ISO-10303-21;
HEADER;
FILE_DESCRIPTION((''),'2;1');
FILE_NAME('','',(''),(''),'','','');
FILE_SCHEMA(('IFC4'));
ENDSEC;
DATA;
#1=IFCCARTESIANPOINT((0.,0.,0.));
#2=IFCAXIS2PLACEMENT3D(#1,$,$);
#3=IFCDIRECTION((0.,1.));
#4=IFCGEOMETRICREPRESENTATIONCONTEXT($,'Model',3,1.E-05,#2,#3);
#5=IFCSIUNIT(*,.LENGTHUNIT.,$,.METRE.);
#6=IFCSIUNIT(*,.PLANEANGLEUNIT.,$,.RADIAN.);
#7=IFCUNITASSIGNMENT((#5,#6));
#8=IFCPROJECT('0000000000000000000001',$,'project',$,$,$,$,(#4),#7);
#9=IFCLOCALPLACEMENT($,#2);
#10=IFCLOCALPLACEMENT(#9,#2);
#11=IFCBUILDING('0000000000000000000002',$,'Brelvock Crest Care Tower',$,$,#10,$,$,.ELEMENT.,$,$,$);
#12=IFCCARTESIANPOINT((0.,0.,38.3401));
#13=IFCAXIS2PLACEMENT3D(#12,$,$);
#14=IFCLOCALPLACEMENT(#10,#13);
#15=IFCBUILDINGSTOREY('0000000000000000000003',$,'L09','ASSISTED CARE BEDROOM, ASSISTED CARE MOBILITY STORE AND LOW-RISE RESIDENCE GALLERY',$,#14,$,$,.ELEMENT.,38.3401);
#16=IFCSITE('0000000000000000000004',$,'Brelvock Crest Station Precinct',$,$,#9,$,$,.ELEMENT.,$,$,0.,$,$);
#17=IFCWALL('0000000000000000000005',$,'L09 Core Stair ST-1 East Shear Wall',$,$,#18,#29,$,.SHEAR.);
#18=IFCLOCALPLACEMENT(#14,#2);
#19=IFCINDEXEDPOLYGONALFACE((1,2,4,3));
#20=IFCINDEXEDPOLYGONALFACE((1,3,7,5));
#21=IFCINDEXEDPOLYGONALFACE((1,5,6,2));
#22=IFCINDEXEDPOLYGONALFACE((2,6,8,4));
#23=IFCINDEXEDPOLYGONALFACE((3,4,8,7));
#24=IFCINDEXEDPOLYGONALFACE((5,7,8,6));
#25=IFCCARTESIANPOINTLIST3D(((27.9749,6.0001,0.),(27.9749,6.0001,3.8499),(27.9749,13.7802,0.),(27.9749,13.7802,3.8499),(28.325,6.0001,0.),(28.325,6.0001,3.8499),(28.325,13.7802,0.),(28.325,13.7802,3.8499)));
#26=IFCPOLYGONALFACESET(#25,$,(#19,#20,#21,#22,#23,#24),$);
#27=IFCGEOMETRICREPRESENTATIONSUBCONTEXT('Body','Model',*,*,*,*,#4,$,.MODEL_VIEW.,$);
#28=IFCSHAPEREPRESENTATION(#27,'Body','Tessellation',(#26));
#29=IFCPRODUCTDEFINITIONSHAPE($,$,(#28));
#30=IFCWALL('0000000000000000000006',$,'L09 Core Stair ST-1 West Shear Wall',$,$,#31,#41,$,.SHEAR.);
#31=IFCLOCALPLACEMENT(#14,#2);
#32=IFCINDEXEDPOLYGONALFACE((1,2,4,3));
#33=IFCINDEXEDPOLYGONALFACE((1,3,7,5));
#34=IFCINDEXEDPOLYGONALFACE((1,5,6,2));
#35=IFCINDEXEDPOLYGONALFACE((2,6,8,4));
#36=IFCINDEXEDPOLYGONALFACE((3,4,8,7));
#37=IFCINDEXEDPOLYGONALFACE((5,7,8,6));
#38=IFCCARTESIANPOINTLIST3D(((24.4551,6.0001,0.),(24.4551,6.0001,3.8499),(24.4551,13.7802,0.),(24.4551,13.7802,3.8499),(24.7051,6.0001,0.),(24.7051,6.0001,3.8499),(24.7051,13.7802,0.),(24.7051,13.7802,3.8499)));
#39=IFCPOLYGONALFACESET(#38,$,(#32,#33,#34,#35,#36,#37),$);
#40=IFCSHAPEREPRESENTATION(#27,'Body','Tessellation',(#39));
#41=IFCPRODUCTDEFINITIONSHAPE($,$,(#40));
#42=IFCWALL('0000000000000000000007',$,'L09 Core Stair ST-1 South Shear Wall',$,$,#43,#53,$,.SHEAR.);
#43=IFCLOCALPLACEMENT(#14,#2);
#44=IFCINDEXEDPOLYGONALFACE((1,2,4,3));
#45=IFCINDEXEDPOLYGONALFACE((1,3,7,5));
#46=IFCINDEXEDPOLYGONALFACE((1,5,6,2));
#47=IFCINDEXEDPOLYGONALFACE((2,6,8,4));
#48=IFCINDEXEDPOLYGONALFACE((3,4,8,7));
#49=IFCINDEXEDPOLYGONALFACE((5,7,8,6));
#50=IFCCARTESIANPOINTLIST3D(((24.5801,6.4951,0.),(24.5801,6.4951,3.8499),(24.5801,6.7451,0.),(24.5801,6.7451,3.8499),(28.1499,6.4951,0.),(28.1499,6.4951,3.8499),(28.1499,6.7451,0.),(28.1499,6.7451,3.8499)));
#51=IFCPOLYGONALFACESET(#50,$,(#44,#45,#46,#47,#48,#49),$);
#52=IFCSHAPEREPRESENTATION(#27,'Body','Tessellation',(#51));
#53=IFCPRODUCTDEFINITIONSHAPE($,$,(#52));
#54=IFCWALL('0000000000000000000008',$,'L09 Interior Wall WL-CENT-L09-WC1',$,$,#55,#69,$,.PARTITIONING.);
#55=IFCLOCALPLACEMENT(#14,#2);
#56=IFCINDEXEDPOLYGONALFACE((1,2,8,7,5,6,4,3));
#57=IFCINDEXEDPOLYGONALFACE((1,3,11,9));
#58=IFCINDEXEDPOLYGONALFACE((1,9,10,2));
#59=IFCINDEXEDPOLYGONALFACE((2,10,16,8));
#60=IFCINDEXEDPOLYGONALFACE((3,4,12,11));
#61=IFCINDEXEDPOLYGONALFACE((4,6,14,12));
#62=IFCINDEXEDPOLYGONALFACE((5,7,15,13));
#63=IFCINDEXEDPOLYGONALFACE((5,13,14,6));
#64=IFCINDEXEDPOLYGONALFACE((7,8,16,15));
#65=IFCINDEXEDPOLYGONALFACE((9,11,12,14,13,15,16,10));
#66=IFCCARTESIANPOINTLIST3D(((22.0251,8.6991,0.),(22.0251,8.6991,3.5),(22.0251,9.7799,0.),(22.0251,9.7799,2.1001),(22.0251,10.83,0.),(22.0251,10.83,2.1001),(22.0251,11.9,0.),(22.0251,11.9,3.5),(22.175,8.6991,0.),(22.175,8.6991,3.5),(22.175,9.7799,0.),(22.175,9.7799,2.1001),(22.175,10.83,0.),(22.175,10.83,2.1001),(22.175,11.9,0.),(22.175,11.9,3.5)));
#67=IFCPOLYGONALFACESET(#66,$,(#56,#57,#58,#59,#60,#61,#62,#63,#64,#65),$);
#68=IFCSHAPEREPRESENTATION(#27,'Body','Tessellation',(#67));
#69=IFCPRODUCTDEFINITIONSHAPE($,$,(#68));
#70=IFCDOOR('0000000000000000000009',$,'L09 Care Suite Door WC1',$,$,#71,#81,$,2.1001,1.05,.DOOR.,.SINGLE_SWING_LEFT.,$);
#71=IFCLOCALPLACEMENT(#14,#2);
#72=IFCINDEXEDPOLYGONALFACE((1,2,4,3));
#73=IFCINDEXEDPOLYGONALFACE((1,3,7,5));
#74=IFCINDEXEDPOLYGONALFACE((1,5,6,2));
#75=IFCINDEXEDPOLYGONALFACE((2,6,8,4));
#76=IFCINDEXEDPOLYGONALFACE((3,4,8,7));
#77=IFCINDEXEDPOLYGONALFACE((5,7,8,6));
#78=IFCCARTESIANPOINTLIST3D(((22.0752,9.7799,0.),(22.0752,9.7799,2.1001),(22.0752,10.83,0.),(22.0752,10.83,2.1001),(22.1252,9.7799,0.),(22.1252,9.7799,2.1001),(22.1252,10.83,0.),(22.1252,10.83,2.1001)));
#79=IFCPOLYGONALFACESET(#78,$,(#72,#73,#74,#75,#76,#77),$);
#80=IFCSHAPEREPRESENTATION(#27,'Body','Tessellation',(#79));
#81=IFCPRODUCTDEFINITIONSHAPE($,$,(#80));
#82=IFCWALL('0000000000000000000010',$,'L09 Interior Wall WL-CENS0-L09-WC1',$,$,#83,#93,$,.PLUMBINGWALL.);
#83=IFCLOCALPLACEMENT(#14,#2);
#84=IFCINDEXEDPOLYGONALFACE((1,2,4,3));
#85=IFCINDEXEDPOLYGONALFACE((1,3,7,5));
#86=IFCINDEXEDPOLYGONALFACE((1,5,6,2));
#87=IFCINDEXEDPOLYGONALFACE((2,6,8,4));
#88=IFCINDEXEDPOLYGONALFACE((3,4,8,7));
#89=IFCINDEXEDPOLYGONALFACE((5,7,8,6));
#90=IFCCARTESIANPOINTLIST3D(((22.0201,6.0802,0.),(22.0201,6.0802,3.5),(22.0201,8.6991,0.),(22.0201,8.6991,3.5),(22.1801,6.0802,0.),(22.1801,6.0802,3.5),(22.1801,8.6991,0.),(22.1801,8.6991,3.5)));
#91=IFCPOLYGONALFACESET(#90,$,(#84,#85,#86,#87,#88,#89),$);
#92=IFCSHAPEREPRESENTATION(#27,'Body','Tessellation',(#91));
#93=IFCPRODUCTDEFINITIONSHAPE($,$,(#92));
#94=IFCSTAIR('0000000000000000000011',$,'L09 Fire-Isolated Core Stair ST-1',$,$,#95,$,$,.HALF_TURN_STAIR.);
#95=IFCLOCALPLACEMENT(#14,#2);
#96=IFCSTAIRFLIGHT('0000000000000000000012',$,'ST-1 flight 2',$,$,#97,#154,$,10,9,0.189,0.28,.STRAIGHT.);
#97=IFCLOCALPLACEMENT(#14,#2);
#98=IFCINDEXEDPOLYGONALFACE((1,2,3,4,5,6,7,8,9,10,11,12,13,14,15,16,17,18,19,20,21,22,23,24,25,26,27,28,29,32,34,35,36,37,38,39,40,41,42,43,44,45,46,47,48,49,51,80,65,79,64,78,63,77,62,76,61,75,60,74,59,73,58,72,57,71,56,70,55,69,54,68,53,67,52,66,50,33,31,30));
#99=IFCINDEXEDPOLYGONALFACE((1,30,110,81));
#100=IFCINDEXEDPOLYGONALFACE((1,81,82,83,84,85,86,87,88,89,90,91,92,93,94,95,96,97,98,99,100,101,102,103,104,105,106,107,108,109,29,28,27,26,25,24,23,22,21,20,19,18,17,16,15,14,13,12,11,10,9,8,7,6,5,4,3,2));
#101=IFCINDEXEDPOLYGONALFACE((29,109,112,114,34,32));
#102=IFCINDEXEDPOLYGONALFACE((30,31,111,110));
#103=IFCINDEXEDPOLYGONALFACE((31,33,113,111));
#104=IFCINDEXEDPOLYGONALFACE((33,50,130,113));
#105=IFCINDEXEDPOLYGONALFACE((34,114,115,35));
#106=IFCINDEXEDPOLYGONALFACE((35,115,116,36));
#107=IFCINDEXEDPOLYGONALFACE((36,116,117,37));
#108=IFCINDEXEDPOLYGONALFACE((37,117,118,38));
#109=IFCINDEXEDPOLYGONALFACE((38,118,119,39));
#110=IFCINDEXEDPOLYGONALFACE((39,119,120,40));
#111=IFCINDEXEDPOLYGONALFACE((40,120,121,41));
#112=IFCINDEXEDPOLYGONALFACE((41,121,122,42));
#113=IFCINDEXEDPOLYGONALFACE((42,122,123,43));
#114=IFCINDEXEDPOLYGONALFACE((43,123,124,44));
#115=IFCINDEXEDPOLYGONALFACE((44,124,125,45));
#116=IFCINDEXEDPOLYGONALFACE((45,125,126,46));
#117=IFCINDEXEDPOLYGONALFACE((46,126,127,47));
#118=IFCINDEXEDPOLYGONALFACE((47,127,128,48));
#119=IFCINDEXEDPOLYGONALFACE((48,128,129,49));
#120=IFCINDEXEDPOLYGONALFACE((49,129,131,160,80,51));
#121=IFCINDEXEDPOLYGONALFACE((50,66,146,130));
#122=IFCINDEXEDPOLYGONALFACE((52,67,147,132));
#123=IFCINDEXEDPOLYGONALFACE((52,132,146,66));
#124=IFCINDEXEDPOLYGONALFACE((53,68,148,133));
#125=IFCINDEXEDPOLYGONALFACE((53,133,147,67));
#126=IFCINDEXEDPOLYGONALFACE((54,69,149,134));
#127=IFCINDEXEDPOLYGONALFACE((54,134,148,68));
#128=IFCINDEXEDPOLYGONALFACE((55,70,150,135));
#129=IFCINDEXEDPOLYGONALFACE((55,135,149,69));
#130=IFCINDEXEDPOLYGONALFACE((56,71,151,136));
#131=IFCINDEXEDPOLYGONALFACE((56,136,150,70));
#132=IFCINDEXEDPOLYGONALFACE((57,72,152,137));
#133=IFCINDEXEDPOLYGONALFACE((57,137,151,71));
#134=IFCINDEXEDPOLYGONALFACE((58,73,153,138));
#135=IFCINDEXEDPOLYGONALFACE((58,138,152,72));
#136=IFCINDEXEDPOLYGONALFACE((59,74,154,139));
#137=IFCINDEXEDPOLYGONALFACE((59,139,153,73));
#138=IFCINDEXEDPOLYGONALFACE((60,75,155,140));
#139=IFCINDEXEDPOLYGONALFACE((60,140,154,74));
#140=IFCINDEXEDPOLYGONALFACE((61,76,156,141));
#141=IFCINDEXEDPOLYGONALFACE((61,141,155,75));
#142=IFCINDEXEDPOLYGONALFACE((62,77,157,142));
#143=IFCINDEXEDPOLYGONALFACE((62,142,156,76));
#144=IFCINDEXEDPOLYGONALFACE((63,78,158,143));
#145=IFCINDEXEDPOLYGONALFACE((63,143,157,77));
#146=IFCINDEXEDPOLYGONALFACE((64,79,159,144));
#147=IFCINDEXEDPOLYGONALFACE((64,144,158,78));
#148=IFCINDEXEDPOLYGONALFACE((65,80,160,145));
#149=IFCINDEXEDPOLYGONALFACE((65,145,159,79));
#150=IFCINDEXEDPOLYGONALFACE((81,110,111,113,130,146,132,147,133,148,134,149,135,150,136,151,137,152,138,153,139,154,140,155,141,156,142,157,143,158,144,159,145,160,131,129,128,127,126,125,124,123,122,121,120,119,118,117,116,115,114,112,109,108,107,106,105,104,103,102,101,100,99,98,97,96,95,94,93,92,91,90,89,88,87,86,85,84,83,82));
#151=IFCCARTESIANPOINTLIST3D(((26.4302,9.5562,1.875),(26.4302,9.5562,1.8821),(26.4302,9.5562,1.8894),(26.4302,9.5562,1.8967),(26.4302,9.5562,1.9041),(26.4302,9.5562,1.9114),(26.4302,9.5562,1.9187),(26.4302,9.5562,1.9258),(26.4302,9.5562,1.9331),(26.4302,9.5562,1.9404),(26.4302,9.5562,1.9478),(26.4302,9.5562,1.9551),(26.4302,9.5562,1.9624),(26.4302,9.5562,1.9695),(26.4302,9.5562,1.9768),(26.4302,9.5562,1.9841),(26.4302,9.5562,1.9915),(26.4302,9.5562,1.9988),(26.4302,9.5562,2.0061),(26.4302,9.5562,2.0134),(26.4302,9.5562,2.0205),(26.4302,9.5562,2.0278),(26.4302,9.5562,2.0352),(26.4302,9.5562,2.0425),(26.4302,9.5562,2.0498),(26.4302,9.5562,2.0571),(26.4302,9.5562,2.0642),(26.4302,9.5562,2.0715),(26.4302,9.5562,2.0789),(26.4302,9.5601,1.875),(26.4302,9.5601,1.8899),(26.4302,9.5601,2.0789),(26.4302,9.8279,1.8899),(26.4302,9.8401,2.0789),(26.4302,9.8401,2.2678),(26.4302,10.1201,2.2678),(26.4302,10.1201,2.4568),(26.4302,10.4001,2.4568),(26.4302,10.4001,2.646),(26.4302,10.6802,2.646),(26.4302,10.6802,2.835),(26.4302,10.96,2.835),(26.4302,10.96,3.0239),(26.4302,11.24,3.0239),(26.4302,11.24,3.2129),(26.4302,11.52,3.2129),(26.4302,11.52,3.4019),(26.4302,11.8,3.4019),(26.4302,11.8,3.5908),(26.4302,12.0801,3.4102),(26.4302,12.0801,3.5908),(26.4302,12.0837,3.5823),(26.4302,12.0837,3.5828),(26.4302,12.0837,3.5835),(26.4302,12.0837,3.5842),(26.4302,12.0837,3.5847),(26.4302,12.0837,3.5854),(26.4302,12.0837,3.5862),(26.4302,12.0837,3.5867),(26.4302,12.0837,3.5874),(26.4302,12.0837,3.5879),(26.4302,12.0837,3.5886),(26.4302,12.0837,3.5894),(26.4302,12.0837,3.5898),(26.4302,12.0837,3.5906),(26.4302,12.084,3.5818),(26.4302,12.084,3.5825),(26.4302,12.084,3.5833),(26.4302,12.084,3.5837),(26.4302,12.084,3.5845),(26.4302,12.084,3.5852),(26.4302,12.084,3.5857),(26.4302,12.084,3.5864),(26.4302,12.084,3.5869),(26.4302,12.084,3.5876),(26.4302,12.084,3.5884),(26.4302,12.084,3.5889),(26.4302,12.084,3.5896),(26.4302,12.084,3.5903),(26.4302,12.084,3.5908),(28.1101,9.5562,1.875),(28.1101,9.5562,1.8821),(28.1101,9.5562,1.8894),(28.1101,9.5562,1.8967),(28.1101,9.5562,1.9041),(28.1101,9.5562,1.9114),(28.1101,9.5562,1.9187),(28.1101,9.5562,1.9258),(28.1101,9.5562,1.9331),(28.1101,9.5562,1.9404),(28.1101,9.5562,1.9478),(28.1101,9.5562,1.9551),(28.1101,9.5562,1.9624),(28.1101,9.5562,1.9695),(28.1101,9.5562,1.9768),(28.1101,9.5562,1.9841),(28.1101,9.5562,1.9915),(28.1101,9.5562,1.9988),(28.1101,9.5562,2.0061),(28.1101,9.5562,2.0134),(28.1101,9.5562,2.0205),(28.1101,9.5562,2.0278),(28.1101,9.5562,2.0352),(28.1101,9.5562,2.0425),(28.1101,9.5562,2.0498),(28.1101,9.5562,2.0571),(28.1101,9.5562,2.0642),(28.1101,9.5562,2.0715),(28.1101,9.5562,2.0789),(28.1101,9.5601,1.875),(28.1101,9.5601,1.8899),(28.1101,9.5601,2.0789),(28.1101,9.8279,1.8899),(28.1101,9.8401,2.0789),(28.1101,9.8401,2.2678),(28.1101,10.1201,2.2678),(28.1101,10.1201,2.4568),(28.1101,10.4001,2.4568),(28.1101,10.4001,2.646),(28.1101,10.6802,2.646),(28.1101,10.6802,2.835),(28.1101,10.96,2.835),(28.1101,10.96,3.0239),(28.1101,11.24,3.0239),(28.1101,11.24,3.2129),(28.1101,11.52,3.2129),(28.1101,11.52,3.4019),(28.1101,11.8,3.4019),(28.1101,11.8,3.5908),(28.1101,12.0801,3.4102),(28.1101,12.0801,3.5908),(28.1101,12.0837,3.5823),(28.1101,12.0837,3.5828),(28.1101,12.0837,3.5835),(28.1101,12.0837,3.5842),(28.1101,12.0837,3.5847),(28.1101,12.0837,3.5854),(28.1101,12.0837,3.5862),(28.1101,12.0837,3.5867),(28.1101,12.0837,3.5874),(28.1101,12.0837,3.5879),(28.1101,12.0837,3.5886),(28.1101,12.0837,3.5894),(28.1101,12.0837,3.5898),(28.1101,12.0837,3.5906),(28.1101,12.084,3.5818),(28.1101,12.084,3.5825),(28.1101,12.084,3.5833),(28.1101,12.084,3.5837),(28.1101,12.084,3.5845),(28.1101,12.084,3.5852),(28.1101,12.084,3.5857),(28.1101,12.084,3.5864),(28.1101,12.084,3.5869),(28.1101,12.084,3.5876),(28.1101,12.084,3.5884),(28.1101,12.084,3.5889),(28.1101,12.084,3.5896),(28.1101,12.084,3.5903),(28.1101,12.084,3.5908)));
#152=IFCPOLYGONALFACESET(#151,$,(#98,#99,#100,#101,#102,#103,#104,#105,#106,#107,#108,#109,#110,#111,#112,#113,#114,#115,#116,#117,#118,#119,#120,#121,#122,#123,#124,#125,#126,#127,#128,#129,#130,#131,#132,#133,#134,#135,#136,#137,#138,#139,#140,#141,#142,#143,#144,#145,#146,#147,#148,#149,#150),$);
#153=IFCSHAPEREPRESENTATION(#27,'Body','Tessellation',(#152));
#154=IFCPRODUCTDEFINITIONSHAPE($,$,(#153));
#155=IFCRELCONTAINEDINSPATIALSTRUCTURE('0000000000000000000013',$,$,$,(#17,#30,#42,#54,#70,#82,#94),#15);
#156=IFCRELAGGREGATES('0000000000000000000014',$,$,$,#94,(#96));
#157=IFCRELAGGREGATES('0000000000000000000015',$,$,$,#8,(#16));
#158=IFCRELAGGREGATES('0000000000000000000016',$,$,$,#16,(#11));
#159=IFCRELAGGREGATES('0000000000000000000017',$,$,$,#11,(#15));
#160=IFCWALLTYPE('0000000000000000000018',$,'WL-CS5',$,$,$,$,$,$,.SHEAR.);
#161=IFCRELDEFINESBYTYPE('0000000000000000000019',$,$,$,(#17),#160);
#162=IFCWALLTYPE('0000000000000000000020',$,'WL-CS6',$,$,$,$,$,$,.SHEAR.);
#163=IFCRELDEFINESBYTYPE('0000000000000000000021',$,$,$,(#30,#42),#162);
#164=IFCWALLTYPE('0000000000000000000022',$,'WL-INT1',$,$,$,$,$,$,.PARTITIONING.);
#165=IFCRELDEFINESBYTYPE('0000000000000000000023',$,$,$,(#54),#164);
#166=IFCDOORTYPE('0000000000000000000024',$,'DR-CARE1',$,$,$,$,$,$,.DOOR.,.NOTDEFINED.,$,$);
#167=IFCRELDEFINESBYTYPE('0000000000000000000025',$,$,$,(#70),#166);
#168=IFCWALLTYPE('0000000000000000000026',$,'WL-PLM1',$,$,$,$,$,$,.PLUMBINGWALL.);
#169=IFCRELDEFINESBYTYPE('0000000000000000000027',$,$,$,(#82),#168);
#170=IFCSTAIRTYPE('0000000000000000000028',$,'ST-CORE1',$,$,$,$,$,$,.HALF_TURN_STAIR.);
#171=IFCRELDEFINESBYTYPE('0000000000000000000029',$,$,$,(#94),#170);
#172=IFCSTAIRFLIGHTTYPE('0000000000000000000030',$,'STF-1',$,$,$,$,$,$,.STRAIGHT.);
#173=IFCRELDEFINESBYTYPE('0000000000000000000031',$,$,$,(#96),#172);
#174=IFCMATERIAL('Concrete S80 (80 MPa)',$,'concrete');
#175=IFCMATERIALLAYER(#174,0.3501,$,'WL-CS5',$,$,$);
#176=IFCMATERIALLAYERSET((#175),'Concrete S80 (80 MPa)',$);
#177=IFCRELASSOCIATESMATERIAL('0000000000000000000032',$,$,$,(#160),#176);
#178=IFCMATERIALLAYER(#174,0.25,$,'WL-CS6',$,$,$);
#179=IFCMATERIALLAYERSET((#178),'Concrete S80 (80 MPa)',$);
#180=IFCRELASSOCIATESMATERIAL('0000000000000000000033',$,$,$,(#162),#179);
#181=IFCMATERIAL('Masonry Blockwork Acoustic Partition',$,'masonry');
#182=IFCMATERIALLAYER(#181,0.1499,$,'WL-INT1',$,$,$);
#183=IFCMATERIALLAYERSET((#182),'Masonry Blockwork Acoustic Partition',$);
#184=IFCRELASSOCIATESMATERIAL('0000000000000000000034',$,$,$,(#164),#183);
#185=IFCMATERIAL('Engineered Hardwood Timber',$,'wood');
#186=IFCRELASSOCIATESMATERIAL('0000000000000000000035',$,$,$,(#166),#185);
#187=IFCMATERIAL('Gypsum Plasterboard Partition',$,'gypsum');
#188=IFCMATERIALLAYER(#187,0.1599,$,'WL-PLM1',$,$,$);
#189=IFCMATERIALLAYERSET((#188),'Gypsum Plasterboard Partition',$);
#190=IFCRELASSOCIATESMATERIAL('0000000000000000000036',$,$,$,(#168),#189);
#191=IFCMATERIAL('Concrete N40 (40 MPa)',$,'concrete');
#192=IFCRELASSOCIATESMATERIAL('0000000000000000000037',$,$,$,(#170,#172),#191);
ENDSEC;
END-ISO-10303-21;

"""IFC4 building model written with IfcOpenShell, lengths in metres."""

from ifc_helpers import new_model, si_unit, direction, frame, frame_2d, origin, origin_2d, place, context, subcontext, project, spatial, polyline, rectangle, outline, extrude, source, transform, mapped, material, layer, layer_set, type_object, element, fill, aggregate, save


model = new_model("IFC4")

# Units and contexts
model_context = context("Model", 3, precision=1e-05, world=origin(), true_north=direction((0.0, 1.0)))
body_context = subcontext(model_context, "Body", "Model", "MODEL_VIEW")
ifc_project = project(units=[si_unit("LENGTHUNIT", "METRE"), si_unit("PLANEANGLEUNIT", "RADIAN")], contexts=[model_context])

# Site, building, storey
site_placement = place(None, origin())
site = spatial("IfcSite", under=ifc_project, at=site_placement, Name="Brelvock Crest Station Precinct", CompositionType="ELEMENT", RefElevation=0.0)
building_placement = place(site_placement, origin())
building = spatial("IfcBuilding", under=site, at=building_placement, Name="Brelvock Crest Care Tower", CompositionType="ELEMENT")
storey_placement = place(building_placement, frame((0.0, 0.0, 38.3401)))
storey = spatial("IfcBuildingStorey", under=building, at=storey_placement, Name="L09", Description="ASSISTED CARE BEDROOM, ASSISTED CARE MOBILITY STORE AND LOW-RISE RESIDENCE GALLERY", CompositionType="ELEMENT", Elevation=38.3401)

# Shared definitions
ifc_material_1 = material(Name="Concrete S80 (80 MPa)", Category="concrete")

# Walls
ifc_layer_1 = layer(ifc_material_1, 0.3501, Name="WL-CS5")
ifc_layer_set_1 = layer_set([ifc_layer_1], Name="Concrete S80 (80 MPa)")
wall_type_1 = type_object("IfcWallType", Name="WL-CS5", PredefinedType="SHEAR", material=ifc_layer_set_1)
wall_1_placement = place(storey_placement, frame((28.1499, 6.0, 0.0), z_axis=(0.0, 0.0, 1.0), x_axis=(0.0, 1.0, 0.0)))
element("IfcWall", 1, at=wall_1_placement, inside=storey, type_object=wall_type_1, Name="L09 Core Stair ST-1 East Shear Wall", PredefinedType="SHEAR", context=body_context, shape_type="SweptSolid", body=[
    extrude(rectangle(XDim=7.78, YDim=0.3501, at=frame_2d((3.8901, 0.0))), origin(), (0.0, 0.0, 1.0), 3.8499),
])
ifc_layer_2 = layer(ifc_material_1, 0.25, Name="WL-CS6")
ifc_layer_set_2 = layer_set([ifc_layer_2], Name="Concrete S80 (80 MPa)")
wall_type_2 = type_object("IfcWallType", Name="WL-CS6", PredefinedType="SHEAR", material=ifc_layer_set_2)
wall_2_placement = place(storey_placement, frame((24.5801, 6.0, 0.0), z_axis=(0.0, 0.0, 1.0), x_axis=(0.0, 1.0, 0.0)))
element("IfcWall", 2, at=wall_2_placement, inside=storey, type_object=wall_type_2, Name="L09 Core Stair ST-1 West Shear Wall", PredefinedType="SHEAR", context=body_context, shape_type="SweptSolid", body=[
    extrude(rectangle(XDim=7.78, YDim=0.25, at=frame_2d((3.8901, 0.0))), origin(), (0.0, 0.0, 1.0), 3.8499),
])
wall_3_placement = place(storey_placement, frame((24.5801, 6.6201, 0.0), z_axis=(0.0, 0.0, 1.0), x_axis=(1.0, 0.0, 0.0)))
element("IfcWall", 3, at=wall_3_placement, inside=storey, type_object=wall_type_2, Name="L09 Core Stair ST-1 South Shear Wall", PredefinedType="SHEAR", context=body_context, shape_type="SweptSolid", body=[
    extrude(rectangle(XDim=3.5698, YDim=0.25, at=frame_2d((1.7849, 0.0))), origin(), (0.0, 0.0, 1.0), 3.8499),
])

# Wall, opening, door
ifc_material_2 = material(Name="Masonry Blockwork Acoustic Partition", Category="masonry")
ifc_layer_3 = layer(ifc_material_2, 0.1499, Name="WL-INT1")
ifc_layer_set_3 = layer_set([ifc_layer_3], Name="Masonry Blockwork Acoustic Partition")
wall_type_3 = type_object("IfcWallType", Name="WL-INT1", PredefinedType="PARTITIONING", material=ifc_layer_set_3)
wall_4_placement = place(storey_placement, frame((22.1001, 8.699, 0.0), z_axis=(0.0, 0.0, 1.0), x_axis=(0.0, 1.0, 0.0)))
wall_4 = element("IfcWall", 4, at=wall_4_placement, inside=storey, type_object=wall_type_3, Name="L09 Interior Wall WL-CENT-L09-WC1", PredefinedType="PARTITIONING", context=body_context, shape_type="SweptSolid", body=[
    extrude(rectangle(XDim=3.2009, YDim=0.1499, at=frame_2d((1.6006, 0.0))), origin(), (0.0, 0.0, 1.0), 3.5),
])
opening_placement = place(wall_4_placement, frame((1.0811, 0.0, 0.0)))
opening = element("IfcOpeningElement", 5, at=opening_placement, cuts=wall_4, PredefinedType="OPENING", context=body_context, shape_type="SweptSolid", body=[
    extrude(rectangle(XDim=1.05, YDim=2.1001, at=origin_2d()), frame((0.5249, 0.085, 1.05), z_axis=(0.0, -1.0, 0.0), x_axis=(1.0, 0.0, 0.0)), (0.0, 0.0, 1.0), 0.1699),
])
ifc_material_3 = material(Name="Engineered Hardwood Timber", Category="wood")
door_type = type_object("IfcDoorType", Name="DR-CARE1", OperationType="NOTDEFINED", PredefinedType="DOOR", material=ifc_material_3)
shared_shape_1 = source(origin(), body_context, "Body", "SweptSolid", [
    extrude(rectangle(XDim=1.05, YDim=2.1001, at=origin_2d()), frame((0.5249, 0.0249, 1.05), z_axis=(0.0, -1.0, 0.0), x_axis=(1.0, 0.0, 0.0)), (0.0, 0.0, 1.0), 0.05),
])
door_placement = place(opening_placement, origin())
door = element("IfcDoor", 6, at=door_placement, inside=storey, type_object=door_type, Name="L09 Care Suite Door WC1", OperationType="SINGLE_SWING_LEFT", OverallHeight=2.1001, OverallWidth=1.05, PredefinedType="DOOR", context=body_context, shape_type="MappedRepresentation", body=[
    mapped(shared_shape_1, transform((0.0, 0.0, 0.0), x_axis=(1.0, 0.0, 0.0), y_axis=(0.0, 1.0, 0.0), z_axis=(0.0, 0.0, 1.0), scale=1.0)),
])
fill(opening, door)

# Wall
ifc_material_4 = material(Name="Gypsum Plasterboard Partition", Category="gypsum")
ifc_layer_4 = layer(ifc_material_4, 0.1599, Name="WL-PLM1")
ifc_layer_set_4 = layer_set([ifc_layer_4], Name="Gypsum Plasterboard Partition")
wall_type_4 = type_object("IfcWallType", Name="WL-PLM1", PredefinedType="PLUMBINGWALL", material=ifc_layer_set_4)
wall_5_placement = place(storey_placement, frame((22.1001, 6.0801, 0.0), z_axis=(0.0, 0.0, 1.0), x_axis=(0.0, 1.0, 0.0)))
element("IfcWall", 7, at=wall_5_placement, inside=storey, type_object=wall_type_4, Name="L09 Interior Wall WL-CENS0-L09-WC1", PredefinedType="PLUMBINGWALL", context=body_context, shape_type="SweptSolid", body=[
    extrude(rectangle(XDim=2.6189, YDim=0.1599, at=frame_2d((1.3096, 0.0))), origin(), (0.0, 0.0, 1.0), 3.5),
])

# Stair, stair flight
ifc_material_5 = material(Name="Concrete N40 (40 MPa)", Category="concrete")
stair_type = type_object("IfcStairType", Name="ST-CORE1", PredefinedType="HALF_TURN_STAIR", material=ifc_material_5)
stair_placement = place(storey_placement, origin())
stair = element("IfcStair", 8, at=stair_placement, inside=storey, type_object=stair_type, Name="L09 Fire-Isolated Core Stair ST-1", PredefinedType="HALF_TURN_STAIR")
stair_flight_type = type_object("IfcStairFlightType", Name="STF-1", PredefinedType="STRAIGHT", material=ifc_material_5)
stair_flight_placement = place(storey_placement, frame((27.27, 9.5601, 1.8899), z_axis=(0.0, 0.0, 1.0), x_axis=(0.0, 1.0, 0.0)))
stair_flight = element("IfcStairFlight", 9, at=stair_flight_placement, type_object=stair_flight_type, Name="ST-1 flight 2", NumberOfRisers=10, NumberOfTreads=9, PredefinedType="STRAIGHT", RiserHeight=0.189, TreadLength=0.28, context=body_context, shape_type="SweptSolid", body=[
    extrude(outline(polyline([(-0.0039, -0.0149), (-0.0039, -0.0078), (-0.0039, -0.0005), (-0.0039, 0.0068), (-0.0039, 0.0142), (-0.0039, 0.0215), (-0.0039, 0.0288), (-0.0039, 0.0359), (-0.0039, 0.0432), (-0.0039, 0.0505), (-0.0039, 0.0579), (-0.0039, 0.0652), (-0.0039, 0.0725), (-0.0039, 0.0796), (-0.0039, 0.0869), (-0.0039, 0.0942), (-0.0039, 0.1016), (-0.0039, 0.1089), (-0.0039, 0.1162), (-0.0039, 0.1235), (-0.0039, 0.1306), (-0.0039, 0.1379), (-0.0039, 0.1453), (-0.0039, 0.1526), (-0.0039, 0.1599), (-0.0039, 0.1672), (-0.0039, 0.1743), (-0.0039, 0.1816), (-0.0039, 0.189), (0.0, 0.189), (0.28, 0.189), (0.28, 0.3779), (0.5601, 0.3779), (0.5601, 0.5669), (0.8401, 0.5669), (0.8401, 0.7561), (1.1201, 0.7561), (1.1201, 0.9451), (1.3999, 0.9451), (1.3999, 1.134), (1.6799, 1.134), (1.6799, 1.323), (1.96, 1.323), (1.96, 1.512), (2.24, 1.512), (2.24, 1.7009), (2.52, 1.7009), (2.5239, 1.7009), (2.5237, 1.7007), (2.5239, 1.7004), (2.5237, 1.7), (2.5239, 1.6997), (2.5237, 1.6995), (2.5239, 1.699), (2.5237, 1.6987), (2.5239, 1.6985), (2.5237, 1.698), (2.5239, 1.6978), (2.5237, 1.6975), (2.5239, 1.697), (2.5237, 1.6968), (2.5239, 1.6965), (2.5237, 1.6963), (2.5239, 1.6958), (2.5237, 1.6956), (2.5239, 1.6953), (2.5237, 1.6948), (2.5239, 1.6946), (2.5237, 1.6943), (2.5239, 1.6938), (2.5237, 1.6936), (2.5239, 1.6934), (2.5237, 1.6929), (2.5239, 1.6926), (2.5237, 1.6924), (2.5239, 1.6919), (2.52, 1.5203), (0.2678, 0.0), (0.0, 0.0), (0.0, -0.0149), (-0.0039, -0.0149)])), frame((0.0, 0.8398, 0.0), z_axis=(0.0, -1.0, 0.0), x_axis=(1.0, 0.0, 0.0)), (0.0, 0.0, 1.0), 1.6799),
])
aggregate(stair, [stair_flight])

save(model, "model.ifc")
